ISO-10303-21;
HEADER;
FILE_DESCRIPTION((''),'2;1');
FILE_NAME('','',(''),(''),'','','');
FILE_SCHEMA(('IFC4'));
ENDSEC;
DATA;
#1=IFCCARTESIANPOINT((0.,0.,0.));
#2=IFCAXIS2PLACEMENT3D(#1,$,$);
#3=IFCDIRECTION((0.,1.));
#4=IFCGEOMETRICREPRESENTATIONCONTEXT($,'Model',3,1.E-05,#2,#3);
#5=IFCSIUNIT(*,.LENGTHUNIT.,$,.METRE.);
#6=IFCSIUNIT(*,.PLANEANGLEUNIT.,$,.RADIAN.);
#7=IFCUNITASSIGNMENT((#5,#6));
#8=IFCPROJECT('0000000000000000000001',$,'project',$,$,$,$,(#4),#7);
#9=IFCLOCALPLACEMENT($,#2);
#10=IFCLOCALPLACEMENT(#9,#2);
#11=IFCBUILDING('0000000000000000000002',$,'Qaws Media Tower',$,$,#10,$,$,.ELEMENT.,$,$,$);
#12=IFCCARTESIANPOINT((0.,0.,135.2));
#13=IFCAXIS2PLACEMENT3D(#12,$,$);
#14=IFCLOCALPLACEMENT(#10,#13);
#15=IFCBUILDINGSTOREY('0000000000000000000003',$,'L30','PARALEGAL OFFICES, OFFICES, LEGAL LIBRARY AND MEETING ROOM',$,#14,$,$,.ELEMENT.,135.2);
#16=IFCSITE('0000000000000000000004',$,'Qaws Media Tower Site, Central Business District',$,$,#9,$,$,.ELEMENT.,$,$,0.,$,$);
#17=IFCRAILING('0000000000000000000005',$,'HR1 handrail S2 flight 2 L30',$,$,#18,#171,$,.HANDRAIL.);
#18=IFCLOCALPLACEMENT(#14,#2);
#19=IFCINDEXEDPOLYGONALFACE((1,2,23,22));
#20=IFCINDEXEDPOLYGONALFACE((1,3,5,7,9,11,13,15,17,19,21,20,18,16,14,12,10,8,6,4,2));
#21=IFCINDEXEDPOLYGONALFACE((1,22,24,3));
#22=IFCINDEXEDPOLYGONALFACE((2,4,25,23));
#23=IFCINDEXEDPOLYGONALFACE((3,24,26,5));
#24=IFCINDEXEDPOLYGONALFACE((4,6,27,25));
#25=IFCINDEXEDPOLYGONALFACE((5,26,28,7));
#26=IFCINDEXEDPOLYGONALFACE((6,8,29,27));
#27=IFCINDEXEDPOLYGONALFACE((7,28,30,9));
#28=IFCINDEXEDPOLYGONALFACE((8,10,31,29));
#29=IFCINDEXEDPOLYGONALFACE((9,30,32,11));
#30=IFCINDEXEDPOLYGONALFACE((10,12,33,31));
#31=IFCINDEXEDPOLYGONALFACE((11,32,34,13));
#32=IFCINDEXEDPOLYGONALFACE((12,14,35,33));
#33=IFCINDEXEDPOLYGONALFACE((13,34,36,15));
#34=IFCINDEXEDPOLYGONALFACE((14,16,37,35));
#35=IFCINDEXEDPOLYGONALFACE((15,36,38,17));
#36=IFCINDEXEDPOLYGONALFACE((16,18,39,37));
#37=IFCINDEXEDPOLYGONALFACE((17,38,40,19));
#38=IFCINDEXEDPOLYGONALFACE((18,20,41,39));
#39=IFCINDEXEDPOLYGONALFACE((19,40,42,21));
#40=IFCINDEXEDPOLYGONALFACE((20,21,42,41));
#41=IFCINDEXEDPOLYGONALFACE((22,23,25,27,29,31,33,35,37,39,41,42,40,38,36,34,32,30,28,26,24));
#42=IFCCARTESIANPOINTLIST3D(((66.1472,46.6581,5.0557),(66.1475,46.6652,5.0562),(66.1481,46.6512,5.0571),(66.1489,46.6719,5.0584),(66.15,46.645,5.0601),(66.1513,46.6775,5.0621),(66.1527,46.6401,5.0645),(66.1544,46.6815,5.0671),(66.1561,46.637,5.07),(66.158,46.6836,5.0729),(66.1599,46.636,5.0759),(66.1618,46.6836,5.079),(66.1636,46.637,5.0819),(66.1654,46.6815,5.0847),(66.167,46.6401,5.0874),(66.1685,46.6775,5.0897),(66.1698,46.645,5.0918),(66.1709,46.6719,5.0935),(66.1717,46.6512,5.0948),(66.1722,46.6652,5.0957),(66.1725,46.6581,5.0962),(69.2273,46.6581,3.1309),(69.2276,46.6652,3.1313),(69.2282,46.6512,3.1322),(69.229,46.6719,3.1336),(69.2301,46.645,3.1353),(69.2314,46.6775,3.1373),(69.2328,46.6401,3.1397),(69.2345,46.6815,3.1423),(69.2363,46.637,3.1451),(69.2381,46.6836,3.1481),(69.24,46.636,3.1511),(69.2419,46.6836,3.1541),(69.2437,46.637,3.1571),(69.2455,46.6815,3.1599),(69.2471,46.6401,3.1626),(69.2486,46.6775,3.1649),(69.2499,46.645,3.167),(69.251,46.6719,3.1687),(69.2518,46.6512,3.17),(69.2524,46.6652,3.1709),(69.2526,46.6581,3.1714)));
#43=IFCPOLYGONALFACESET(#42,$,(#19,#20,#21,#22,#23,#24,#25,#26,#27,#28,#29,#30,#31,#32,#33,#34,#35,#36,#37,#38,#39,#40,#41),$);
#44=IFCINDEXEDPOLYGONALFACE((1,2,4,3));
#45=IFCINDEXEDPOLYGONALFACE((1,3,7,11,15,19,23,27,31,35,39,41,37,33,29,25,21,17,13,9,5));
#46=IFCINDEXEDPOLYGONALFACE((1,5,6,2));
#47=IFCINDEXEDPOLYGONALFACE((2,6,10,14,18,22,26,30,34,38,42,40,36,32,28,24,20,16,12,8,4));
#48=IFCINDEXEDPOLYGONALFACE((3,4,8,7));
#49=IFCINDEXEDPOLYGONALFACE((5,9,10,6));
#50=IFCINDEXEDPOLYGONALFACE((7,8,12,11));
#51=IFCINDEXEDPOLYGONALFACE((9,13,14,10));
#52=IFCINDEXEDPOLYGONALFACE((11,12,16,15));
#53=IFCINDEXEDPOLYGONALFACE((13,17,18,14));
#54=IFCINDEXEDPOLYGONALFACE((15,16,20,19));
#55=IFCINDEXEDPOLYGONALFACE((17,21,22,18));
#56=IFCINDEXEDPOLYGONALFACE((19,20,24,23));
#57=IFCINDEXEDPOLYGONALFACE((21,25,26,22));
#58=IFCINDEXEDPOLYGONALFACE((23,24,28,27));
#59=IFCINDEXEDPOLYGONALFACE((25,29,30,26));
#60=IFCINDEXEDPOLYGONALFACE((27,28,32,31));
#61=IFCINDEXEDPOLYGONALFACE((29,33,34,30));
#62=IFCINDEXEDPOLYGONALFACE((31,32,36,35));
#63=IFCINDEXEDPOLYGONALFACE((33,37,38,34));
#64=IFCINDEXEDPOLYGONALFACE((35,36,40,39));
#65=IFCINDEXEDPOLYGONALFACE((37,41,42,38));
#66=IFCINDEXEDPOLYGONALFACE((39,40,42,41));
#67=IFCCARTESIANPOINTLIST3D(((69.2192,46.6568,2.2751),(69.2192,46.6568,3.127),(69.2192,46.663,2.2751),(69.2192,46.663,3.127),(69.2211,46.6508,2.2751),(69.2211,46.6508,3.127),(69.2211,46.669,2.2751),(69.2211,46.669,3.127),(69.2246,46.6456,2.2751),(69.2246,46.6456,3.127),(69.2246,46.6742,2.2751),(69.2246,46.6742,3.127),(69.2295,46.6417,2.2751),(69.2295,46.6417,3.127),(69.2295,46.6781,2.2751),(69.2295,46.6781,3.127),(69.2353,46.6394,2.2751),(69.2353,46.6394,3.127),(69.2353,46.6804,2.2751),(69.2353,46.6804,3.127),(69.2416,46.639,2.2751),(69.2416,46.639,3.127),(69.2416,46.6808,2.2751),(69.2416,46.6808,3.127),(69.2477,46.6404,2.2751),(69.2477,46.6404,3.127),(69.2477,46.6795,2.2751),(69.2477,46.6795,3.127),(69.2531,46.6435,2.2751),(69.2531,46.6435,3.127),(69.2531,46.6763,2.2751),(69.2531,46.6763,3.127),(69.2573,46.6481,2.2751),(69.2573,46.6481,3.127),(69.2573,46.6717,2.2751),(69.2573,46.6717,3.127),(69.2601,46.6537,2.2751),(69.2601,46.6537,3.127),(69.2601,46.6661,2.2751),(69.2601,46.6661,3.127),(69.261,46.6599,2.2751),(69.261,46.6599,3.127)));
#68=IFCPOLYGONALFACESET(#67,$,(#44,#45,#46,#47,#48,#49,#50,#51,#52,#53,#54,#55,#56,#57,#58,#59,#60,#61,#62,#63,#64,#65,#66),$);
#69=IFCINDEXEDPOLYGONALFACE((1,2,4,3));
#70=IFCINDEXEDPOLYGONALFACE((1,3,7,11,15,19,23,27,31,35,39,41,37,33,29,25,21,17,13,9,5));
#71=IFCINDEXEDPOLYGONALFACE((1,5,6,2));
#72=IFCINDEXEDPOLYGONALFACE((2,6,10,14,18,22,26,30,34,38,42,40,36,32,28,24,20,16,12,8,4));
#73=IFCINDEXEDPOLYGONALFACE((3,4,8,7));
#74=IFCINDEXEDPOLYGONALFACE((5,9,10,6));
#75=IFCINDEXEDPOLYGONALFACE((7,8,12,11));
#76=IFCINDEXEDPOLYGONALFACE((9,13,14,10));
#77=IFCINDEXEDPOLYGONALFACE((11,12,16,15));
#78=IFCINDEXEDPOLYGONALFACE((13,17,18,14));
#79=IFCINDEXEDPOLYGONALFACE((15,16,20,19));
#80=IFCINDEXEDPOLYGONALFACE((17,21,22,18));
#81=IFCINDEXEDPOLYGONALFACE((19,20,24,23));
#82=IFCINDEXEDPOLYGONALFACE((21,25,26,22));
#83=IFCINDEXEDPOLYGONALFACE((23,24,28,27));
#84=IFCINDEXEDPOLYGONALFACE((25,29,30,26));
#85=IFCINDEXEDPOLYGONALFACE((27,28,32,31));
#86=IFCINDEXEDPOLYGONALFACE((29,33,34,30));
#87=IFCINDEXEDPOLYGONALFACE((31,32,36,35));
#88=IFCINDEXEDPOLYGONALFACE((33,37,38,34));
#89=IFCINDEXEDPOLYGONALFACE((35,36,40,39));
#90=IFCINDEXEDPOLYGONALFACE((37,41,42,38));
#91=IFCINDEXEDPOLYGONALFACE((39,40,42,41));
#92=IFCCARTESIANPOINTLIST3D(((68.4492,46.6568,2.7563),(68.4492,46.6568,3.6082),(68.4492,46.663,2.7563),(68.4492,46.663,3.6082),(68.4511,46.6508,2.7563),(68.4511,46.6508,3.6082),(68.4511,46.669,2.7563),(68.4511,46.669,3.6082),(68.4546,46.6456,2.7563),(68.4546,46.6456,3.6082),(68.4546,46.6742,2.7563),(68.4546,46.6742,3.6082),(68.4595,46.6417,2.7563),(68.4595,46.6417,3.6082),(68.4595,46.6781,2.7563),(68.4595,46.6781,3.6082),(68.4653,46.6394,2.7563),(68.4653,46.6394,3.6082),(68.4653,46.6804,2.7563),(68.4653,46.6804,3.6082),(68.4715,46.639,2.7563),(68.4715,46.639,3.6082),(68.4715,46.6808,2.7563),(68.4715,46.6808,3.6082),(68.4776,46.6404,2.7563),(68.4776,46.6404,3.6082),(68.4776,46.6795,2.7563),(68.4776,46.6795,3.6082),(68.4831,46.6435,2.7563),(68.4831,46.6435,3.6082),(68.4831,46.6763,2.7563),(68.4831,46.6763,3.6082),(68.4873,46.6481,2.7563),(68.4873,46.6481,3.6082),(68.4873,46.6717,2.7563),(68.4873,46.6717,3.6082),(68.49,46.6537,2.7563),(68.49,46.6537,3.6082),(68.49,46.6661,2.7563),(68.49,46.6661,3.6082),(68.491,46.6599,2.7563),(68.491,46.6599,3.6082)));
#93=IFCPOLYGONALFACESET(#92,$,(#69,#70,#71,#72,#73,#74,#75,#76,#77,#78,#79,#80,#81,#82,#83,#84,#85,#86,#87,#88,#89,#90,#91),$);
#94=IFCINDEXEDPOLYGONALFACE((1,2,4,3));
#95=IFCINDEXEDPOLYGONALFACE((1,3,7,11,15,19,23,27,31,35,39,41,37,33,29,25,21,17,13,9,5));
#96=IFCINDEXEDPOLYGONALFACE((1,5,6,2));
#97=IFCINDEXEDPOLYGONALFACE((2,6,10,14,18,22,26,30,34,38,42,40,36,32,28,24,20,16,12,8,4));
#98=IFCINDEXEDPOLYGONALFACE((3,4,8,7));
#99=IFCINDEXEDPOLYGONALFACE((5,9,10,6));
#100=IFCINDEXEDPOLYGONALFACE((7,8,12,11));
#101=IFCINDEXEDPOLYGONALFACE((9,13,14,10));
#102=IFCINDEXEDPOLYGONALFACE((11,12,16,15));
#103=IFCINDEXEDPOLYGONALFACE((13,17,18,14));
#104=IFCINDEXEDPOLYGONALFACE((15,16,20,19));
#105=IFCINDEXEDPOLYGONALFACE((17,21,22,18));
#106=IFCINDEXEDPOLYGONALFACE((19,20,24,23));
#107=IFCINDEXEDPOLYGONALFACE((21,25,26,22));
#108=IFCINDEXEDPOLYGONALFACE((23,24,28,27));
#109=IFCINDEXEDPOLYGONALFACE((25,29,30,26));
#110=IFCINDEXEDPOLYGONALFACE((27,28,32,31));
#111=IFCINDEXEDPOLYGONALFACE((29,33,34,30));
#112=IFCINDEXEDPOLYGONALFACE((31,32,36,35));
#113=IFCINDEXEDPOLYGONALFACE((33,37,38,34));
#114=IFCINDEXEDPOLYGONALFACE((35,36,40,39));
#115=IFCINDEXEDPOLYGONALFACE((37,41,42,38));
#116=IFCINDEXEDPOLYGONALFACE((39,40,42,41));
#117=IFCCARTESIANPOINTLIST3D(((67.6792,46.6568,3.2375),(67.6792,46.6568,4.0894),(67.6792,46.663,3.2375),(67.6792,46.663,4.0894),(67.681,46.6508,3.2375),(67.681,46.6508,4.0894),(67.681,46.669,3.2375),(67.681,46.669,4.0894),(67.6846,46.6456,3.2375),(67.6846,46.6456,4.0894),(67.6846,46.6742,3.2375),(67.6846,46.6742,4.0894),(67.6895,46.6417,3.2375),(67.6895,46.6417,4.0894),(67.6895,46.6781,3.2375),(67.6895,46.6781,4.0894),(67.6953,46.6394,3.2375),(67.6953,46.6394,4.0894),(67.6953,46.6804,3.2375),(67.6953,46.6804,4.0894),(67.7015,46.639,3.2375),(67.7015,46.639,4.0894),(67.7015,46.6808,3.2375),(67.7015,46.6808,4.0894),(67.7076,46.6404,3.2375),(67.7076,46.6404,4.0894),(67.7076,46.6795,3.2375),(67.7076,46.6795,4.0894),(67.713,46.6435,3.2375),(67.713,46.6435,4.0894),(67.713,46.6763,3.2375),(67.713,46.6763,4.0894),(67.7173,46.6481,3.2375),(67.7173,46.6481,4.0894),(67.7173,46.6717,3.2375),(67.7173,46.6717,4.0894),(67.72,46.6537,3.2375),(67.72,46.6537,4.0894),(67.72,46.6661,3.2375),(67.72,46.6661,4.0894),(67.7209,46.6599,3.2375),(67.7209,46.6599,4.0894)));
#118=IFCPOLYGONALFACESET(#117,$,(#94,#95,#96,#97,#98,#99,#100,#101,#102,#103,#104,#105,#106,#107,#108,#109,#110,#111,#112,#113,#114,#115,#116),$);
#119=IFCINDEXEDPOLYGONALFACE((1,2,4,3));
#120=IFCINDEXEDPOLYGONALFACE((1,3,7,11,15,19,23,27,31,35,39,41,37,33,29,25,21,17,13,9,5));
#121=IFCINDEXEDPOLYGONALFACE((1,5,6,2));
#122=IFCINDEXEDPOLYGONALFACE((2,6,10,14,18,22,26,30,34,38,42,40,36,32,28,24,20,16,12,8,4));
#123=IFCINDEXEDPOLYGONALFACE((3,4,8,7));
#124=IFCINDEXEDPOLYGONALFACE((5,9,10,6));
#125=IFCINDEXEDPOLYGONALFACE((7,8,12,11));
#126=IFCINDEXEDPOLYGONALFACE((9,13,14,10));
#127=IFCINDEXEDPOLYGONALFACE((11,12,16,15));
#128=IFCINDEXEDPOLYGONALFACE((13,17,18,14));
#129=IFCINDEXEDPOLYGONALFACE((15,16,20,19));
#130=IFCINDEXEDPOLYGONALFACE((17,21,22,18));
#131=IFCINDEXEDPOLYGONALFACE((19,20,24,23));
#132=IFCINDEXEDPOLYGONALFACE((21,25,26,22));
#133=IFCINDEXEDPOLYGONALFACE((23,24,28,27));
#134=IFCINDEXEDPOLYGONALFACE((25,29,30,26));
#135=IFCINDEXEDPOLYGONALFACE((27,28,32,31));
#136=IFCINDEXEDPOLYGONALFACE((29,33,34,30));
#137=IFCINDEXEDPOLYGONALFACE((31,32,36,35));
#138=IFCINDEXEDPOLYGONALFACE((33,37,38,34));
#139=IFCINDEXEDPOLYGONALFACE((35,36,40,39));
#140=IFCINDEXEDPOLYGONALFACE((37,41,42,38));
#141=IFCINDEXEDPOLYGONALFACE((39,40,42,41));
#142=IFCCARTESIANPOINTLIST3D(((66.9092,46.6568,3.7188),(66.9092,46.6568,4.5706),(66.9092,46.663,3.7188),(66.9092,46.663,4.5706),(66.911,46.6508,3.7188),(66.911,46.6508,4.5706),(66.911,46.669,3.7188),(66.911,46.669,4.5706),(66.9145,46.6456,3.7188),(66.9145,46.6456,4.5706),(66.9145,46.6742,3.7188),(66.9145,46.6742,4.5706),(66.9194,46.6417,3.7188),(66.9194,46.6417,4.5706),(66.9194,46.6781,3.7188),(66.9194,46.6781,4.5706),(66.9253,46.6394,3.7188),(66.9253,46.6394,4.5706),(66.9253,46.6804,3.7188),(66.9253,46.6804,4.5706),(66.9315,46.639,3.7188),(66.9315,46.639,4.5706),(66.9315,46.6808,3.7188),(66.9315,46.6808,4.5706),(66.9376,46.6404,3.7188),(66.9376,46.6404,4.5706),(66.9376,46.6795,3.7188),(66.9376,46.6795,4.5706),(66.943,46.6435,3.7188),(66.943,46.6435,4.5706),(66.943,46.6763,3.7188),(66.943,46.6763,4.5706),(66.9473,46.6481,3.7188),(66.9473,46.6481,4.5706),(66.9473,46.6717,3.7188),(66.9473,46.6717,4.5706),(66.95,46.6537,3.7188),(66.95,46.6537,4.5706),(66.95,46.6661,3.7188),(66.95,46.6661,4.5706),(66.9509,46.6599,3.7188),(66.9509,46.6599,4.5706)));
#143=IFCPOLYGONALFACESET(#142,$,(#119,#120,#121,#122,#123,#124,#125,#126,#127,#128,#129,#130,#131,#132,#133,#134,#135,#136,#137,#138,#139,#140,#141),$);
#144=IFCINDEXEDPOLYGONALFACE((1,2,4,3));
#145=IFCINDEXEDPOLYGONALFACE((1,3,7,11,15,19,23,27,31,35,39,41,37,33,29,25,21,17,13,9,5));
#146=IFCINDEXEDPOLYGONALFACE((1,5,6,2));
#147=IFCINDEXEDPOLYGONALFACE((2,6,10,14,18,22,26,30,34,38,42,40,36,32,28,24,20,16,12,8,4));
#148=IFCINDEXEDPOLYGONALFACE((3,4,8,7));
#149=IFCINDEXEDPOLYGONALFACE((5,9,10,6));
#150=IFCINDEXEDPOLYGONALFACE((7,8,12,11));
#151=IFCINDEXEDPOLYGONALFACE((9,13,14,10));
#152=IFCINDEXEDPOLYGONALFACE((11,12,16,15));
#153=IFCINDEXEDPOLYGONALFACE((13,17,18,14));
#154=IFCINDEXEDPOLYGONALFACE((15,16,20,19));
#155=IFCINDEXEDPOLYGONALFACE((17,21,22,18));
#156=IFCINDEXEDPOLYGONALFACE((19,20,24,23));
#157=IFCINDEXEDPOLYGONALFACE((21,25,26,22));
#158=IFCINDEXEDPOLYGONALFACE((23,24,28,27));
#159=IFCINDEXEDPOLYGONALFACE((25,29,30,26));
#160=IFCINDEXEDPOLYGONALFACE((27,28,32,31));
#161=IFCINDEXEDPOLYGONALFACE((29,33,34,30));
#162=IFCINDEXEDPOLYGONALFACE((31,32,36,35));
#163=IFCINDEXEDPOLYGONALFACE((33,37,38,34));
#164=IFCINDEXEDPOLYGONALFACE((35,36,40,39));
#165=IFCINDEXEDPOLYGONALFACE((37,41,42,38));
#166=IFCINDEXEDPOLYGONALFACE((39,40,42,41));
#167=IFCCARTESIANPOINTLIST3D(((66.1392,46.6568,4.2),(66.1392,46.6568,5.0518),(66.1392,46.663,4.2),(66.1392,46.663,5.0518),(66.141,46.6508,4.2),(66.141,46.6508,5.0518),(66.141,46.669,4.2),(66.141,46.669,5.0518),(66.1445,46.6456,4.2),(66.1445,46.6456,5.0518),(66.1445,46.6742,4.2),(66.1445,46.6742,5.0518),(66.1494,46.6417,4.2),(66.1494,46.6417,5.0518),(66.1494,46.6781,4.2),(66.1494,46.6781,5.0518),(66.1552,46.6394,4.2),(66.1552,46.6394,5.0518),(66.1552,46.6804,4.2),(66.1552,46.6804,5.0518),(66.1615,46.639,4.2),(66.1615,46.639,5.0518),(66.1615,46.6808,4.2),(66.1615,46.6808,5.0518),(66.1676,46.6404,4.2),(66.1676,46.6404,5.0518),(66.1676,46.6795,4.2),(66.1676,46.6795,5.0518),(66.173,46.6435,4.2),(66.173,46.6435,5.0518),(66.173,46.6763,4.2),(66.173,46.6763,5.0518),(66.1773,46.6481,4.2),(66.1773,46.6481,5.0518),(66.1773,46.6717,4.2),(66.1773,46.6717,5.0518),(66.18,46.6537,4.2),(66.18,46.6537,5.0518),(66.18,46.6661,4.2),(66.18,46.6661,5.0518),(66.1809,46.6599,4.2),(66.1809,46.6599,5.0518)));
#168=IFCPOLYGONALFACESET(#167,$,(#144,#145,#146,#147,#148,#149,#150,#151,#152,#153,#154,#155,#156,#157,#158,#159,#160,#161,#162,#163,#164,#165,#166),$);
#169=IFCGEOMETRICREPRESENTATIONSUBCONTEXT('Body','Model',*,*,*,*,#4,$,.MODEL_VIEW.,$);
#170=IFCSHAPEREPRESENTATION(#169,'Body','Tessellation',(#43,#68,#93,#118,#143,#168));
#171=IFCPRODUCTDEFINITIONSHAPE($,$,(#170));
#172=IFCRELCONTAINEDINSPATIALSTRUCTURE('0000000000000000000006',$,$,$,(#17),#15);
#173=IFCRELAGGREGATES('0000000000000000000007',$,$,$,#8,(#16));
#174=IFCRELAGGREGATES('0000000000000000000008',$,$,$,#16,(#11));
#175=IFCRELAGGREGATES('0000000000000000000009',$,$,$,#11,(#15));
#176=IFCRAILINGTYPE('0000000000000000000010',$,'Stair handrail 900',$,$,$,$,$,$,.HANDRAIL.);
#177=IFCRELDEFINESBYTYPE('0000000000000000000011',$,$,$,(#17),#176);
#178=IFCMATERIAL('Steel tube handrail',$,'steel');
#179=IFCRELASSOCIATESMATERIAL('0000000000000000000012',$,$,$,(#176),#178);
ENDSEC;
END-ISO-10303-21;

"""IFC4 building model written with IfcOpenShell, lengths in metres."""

from ifc_helpers import new_model, si_unit, direction, frame, origin, origin_2d, place, context, subcontext, project, spatial, circle, extrude, material, type_object, element, save


model = new_model("IFC4")

# Units and contexts
model_context = context("Model", 3, precision=1e-05, world=origin(), true_north=direction((0.0, 1.0)))
body_context = subcontext(model_context, "Body", "Model", "MODEL_VIEW")
ifc_project = project(units=[si_unit("LENGTHUNIT", "METRE"), si_unit("PLANEANGLEUNIT", "RADIAN")], contexts=[model_context])

# Site, building, storey
site_placement = place(None, origin())
site = spatial("IfcSite", under=ifc_project, at=site_placement, Name="Qaws Media Tower Site, Central Business District", CompositionType="ELEMENT", RefElevation=0.0)
building_placement = place(site_placement, origin())
building = spatial("IfcBuilding", under=site, at=building_placement, Name="Qaws Media Tower", CompositionType="ELEMENT")
storey_placement = place(building_placement, frame((0.0, 0.0, 135.2)))
storey = spatial("IfcBuildingStorey", under=building, at=storey_placement, Name="L30", Description="PARALEGAL OFFICES, OFFICES, LEGAL LIBRARY AND MEETING ROOM", CompositionType="ELEMENT", Elevation=135.2)

# Railing
ifc_material_1 = material(Name="Steel tube handrail", Category="steel")
railing_type = type_object("IfcRailingType", Name="Stair handrail 900", PredefinedType="HANDRAIL", material=ifc_material_1)
for number, where, name in (
    (1, (69.24, 46.6599, 2.2751), "HR1 handrail S2 flight 2 L30"),
):
    element("IfcRailing", number, at=place(storey_placement, frame(where)), inside=storey, type_object=railing_type, Name=name, PredefinedType="HANDRAIL", context=body_context, shape_type="SweptSolid", body=[
        extrude(circle(Radius=0.0239, at=origin_2d()), frame((0.0, 0.0, 0.876), z_axis=(-0.848029, 0.0, 0.529951), x_axis=(0.0, -1.0, 0.0)), (0.0, 0.0, 1.0), 3.6321),
        extrude(circle(Radius=0.021, at=origin_2d()), origin(), (0.0, 0.0, 1.0), 0.8518),
        extrude(circle(Radius=0.021, at=origin_2d()), frame((-0.77, 0.0, 0.4812)), (0.0, 0.0, 1.0), 0.8518),
        extrude(circle(Radius=0.021, at=origin_2d()), frame((-1.54, 0.0, 0.9624)), (0.0, 0.0, 1.0), 0.8518),
        extrude(circle(Radius=0.021, at=origin_2d()), frame((-2.3101, 0.0, 1.4436)), (0.0, 0.0, 1.0), 0.8518),
        extrude(circle(Radius=0.021, at=origin_2d()), frame((-3.0801, 0.0, 1.9248)), (0.0, 0.0, 1.0), 0.8518),
    ])

save(model, "model.ifc")
